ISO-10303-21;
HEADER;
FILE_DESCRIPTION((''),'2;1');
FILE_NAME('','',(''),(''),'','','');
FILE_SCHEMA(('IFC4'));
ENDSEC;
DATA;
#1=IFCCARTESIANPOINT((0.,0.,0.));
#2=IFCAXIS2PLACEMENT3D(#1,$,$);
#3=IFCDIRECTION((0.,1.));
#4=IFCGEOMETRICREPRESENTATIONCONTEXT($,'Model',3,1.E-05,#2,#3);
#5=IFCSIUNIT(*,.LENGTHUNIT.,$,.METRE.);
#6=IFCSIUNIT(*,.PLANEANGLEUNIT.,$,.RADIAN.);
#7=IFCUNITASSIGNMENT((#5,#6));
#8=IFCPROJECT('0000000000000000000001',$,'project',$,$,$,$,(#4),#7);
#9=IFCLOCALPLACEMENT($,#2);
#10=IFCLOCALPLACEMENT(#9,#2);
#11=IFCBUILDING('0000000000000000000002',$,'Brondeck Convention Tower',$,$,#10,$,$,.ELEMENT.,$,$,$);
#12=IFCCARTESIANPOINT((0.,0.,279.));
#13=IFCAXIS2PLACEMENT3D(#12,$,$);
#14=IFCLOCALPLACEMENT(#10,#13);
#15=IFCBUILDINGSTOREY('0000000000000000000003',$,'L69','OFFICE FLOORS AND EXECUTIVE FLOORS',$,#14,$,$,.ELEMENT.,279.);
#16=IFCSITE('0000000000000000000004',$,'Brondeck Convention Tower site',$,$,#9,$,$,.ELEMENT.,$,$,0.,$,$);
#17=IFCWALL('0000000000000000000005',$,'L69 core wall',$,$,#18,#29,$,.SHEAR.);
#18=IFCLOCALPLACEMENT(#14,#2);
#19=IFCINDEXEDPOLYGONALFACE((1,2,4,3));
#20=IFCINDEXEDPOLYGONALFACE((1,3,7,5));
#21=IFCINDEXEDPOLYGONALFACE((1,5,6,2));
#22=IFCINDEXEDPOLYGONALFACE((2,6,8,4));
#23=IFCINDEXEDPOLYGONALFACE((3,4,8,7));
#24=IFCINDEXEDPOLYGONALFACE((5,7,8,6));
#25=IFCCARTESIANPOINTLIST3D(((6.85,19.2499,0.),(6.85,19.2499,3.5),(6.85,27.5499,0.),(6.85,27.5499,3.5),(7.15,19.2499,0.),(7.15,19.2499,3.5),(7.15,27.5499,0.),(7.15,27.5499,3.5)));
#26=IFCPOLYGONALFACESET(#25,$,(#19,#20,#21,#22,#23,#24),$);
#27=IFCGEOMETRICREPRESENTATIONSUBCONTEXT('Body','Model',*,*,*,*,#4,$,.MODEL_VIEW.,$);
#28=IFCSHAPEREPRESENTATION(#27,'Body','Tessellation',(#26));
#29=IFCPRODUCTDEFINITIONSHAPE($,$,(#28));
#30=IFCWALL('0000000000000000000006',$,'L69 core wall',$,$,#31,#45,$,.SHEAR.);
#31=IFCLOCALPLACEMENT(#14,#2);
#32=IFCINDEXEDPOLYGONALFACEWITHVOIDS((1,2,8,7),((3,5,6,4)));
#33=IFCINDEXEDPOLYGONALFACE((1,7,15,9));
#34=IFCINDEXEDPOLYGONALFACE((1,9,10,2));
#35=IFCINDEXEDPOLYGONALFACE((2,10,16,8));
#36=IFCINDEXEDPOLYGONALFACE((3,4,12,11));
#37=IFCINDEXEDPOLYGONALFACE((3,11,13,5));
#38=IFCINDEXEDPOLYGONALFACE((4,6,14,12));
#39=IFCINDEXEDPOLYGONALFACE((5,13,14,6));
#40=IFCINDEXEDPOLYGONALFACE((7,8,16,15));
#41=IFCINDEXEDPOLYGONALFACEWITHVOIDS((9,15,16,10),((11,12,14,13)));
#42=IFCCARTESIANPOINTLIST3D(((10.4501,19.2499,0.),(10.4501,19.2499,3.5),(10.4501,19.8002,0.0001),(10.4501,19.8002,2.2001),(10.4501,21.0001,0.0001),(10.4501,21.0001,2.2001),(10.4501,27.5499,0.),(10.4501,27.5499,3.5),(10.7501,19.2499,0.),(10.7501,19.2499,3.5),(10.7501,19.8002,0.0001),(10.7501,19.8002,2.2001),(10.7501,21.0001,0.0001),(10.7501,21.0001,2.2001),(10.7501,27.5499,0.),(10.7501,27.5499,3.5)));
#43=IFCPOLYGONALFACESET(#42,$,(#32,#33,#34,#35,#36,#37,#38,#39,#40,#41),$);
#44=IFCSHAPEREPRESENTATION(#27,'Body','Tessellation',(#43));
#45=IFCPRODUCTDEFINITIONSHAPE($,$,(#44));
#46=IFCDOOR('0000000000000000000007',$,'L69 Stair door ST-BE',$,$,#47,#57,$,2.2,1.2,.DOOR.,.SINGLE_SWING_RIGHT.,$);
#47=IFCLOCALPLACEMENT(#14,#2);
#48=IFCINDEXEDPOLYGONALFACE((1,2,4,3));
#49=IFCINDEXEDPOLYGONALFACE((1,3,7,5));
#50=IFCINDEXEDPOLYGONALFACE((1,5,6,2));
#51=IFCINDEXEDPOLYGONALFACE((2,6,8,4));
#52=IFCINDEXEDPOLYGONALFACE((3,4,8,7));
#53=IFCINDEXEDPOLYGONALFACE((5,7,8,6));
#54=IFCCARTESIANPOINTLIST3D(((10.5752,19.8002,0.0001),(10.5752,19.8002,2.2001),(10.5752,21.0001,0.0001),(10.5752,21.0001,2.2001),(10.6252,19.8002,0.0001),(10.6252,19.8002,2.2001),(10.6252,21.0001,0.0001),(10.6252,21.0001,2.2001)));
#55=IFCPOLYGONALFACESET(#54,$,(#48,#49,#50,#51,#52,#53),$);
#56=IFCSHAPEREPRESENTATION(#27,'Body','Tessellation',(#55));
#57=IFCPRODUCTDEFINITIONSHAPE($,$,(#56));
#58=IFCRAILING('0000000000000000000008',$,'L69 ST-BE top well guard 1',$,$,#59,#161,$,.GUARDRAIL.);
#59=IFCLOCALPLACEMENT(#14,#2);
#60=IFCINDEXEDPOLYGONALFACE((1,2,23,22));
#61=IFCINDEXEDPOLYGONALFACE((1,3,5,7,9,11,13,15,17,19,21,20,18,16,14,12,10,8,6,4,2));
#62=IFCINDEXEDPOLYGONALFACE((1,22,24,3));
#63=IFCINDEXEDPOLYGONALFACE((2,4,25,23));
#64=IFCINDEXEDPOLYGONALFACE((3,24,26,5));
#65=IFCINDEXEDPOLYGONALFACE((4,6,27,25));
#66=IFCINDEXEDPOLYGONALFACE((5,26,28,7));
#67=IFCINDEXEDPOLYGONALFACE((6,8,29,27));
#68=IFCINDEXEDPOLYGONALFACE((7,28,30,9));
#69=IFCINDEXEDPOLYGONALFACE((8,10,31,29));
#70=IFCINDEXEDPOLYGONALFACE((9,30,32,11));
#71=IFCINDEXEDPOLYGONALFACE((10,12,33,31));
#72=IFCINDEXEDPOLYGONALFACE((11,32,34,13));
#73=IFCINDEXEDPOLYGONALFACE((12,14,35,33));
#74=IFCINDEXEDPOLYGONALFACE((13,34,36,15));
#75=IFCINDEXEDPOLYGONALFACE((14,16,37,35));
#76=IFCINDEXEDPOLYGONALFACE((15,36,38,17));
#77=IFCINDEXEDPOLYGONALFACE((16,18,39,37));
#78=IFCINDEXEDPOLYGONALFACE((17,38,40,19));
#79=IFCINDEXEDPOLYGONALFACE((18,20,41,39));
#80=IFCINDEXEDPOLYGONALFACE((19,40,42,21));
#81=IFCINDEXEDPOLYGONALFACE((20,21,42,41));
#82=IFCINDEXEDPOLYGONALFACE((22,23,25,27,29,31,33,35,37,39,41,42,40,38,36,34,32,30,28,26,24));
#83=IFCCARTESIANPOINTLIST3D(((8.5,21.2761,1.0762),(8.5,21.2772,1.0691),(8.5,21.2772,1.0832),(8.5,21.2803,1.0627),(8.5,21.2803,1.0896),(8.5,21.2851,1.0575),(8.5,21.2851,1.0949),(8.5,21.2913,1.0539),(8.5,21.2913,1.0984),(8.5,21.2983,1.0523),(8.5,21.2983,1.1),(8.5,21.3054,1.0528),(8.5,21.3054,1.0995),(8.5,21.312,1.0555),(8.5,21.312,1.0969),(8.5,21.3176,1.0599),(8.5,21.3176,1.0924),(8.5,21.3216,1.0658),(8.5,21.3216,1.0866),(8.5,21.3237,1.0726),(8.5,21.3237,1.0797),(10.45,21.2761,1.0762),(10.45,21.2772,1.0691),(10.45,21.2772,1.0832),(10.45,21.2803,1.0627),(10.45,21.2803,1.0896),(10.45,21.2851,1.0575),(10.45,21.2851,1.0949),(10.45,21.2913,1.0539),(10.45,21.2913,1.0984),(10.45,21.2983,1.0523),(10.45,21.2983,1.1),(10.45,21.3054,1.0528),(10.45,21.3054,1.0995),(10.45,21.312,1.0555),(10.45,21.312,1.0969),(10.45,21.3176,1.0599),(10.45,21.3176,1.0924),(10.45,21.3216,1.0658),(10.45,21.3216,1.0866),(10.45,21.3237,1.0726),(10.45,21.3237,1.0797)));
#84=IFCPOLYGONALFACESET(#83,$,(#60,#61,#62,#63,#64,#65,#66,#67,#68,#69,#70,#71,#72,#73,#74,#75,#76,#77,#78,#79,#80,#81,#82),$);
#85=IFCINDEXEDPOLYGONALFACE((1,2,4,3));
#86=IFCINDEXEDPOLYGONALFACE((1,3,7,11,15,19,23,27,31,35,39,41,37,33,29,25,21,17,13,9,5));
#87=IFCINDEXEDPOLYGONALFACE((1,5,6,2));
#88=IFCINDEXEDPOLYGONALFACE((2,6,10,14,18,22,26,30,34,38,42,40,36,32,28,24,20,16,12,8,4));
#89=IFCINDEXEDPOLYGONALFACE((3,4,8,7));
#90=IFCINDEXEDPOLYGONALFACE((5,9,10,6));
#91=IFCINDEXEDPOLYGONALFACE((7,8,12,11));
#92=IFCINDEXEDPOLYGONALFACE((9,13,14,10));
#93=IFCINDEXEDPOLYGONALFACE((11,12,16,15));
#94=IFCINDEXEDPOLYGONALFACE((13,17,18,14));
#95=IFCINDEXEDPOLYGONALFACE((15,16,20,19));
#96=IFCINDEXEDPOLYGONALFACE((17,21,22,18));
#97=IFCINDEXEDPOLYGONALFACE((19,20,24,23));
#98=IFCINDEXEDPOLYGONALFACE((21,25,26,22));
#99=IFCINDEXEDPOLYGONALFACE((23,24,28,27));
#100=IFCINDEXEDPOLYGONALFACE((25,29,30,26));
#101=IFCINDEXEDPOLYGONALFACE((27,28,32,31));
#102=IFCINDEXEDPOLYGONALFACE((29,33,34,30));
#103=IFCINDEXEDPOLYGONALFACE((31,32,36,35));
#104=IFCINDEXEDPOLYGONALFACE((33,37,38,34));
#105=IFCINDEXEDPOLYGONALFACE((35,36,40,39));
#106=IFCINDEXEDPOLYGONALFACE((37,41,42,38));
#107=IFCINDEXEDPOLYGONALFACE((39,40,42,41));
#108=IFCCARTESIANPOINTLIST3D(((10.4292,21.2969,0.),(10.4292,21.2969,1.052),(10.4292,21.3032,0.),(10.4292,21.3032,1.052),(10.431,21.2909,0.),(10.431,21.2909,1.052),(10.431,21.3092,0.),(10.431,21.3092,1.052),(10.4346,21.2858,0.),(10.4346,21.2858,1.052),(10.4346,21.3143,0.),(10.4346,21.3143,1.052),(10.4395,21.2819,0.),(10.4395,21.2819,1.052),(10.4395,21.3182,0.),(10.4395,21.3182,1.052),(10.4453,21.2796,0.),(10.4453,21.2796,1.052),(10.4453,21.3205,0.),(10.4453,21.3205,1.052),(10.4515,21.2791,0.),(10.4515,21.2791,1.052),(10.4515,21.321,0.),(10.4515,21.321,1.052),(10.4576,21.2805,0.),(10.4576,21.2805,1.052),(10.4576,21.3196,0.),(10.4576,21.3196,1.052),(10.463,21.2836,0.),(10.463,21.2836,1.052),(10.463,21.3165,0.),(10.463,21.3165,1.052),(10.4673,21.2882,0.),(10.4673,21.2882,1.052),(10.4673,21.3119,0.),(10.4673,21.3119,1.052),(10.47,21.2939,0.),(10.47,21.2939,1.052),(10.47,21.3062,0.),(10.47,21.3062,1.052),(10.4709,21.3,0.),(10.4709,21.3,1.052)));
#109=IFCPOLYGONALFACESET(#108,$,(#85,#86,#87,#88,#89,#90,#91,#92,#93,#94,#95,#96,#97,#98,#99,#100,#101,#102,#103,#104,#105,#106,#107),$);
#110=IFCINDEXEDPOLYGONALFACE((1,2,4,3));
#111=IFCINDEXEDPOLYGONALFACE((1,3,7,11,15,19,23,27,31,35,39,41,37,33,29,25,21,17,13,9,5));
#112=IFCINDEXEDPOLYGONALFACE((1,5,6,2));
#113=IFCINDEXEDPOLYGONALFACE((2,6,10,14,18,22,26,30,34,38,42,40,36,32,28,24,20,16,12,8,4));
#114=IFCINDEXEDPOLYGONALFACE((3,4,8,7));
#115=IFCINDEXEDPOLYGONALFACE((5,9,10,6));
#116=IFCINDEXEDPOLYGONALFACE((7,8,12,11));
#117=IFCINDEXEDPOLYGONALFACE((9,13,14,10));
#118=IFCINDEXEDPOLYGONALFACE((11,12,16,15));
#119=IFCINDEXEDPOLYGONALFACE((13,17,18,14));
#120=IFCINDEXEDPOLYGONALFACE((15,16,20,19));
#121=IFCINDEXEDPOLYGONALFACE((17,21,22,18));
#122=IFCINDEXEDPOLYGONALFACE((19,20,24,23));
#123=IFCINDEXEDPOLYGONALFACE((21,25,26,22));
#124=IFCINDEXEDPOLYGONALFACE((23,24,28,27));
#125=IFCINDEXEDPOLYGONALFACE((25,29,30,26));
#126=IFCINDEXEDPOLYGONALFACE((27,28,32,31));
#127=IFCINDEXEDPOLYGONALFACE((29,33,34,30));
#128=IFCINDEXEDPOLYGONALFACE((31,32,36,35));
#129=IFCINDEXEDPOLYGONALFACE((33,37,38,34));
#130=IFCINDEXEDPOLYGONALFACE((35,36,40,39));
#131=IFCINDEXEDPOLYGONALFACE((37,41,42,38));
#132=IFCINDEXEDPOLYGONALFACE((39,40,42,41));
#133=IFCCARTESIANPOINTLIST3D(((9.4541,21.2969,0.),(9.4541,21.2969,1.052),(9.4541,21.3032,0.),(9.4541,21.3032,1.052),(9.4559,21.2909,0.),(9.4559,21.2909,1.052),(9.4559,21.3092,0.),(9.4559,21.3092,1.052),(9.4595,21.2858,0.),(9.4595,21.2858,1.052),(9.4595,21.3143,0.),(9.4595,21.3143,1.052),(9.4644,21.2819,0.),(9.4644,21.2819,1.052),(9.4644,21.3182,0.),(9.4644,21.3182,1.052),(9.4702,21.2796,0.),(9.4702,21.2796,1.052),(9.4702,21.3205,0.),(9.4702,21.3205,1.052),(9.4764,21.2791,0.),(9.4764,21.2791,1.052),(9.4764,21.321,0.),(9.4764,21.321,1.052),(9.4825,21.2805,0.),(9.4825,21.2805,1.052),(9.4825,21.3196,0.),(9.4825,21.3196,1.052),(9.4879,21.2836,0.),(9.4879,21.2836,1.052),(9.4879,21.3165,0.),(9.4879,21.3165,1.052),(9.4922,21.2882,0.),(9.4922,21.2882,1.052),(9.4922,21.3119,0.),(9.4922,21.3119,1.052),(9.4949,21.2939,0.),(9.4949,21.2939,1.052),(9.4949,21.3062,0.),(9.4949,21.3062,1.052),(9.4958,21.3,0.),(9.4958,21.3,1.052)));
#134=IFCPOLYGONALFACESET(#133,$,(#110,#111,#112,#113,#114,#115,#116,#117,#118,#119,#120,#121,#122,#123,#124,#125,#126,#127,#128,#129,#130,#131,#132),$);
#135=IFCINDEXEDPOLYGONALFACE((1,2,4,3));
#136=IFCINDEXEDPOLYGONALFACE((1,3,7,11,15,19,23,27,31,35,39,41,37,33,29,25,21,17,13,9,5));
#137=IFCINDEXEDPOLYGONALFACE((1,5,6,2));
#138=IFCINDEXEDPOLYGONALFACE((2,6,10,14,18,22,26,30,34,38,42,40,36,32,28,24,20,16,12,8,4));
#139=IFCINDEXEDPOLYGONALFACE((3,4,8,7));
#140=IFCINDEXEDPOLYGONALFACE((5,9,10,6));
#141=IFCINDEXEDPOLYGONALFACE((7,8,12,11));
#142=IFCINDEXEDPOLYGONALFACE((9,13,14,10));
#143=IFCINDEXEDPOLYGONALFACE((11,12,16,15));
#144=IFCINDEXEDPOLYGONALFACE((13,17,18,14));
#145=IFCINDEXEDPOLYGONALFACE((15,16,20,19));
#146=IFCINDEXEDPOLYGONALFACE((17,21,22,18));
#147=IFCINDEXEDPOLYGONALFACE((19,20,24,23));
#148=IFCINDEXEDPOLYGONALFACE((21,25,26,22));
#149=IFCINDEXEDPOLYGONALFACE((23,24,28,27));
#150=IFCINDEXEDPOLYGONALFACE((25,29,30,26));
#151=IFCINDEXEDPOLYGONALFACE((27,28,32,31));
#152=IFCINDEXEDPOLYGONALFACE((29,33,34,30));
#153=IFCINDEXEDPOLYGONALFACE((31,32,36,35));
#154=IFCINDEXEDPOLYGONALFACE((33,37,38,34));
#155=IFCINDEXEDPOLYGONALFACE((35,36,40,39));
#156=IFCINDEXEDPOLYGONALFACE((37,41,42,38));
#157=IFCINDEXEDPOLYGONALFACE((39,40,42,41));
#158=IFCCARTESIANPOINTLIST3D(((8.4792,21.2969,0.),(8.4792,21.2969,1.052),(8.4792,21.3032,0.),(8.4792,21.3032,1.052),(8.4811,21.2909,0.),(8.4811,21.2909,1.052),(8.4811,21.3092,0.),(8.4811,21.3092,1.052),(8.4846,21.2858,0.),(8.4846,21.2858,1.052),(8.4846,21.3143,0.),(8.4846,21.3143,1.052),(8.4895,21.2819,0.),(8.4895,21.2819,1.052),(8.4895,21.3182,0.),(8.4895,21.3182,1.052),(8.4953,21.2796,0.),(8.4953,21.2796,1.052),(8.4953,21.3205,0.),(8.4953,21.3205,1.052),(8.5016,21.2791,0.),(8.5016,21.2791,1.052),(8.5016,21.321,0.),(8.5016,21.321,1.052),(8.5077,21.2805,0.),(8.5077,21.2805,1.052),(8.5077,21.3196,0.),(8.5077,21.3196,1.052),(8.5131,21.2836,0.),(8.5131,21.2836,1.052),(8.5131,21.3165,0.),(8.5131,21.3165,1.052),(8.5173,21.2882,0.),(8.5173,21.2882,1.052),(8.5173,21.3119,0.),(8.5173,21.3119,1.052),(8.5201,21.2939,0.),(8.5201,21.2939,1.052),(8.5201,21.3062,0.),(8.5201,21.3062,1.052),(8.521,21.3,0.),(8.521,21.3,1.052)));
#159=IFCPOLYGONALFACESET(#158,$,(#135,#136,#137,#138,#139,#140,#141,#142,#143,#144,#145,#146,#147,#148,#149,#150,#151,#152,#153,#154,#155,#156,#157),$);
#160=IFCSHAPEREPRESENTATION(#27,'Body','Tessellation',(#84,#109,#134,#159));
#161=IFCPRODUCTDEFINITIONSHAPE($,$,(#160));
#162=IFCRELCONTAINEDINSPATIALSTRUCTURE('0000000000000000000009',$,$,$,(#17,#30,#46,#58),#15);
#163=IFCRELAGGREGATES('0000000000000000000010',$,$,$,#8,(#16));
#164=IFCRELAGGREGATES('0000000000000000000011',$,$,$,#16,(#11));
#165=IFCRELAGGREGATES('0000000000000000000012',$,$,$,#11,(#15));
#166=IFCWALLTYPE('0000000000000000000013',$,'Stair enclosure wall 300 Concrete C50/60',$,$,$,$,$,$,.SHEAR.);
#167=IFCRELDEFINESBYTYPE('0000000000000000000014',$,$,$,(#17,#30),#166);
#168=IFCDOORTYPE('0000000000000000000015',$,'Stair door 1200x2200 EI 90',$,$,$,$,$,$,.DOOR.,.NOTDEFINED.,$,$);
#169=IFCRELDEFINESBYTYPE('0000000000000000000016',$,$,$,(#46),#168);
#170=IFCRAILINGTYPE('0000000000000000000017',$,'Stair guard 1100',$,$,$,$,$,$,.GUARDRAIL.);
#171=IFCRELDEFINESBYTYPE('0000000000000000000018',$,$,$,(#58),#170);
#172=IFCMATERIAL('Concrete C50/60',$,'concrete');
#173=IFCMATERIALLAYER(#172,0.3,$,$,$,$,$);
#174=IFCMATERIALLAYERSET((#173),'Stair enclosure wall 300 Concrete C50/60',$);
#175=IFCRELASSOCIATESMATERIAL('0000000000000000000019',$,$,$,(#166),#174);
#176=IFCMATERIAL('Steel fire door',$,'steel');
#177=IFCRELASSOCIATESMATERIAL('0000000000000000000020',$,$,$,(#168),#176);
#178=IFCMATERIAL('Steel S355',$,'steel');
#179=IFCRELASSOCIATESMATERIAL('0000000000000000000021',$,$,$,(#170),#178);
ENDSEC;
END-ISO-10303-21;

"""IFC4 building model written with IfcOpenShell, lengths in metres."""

from ifc_helpers import new_model, si_unit, direction, frame, frame_2d, origin, origin_2d, place, context, subcontext, project, spatial, rectangle, circle, extrude, material, layer, layer_set, type_object, element, fill, save


model = new_model("IFC4")

# Units and contexts
model_context = context("Model", 3, precision=1e-05, world=origin(), true_north=direction((0.0, 1.0)))
body_context = subcontext(model_context, "Body", "Model", "MODEL_VIEW")
ifc_project = project(units=[si_unit("LENGTHUNIT", "METRE"), si_unit("PLANEANGLEUNIT", "RADIAN")], contexts=[model_context])

# Site, building, storey
site_placement = place(None, origin())
site = spatial("IfcSite", under=ifc_project, at=site_placement, Name="Brondeck Convention Tower site", CompositionType="ELEMENT", RefElevation=0.0)
building_placement = place(site_placement, origin())
building = spatial("IfcBuilding", under=site, at=building_placement, Name="Brondeck Convention Tower", CompositionType="ELEMENT")
storey_placement = place(building_placement, frame((0.0, 0.0, 279.0)))
storey = spatial("IfcBuildingStorey", under=building, at=storey_placement, Name="L69", Description="OFFICE FLOORS AND EXECUTIVE FLOORS", CompositionType="ELEMENT", Elevation=279.0)

# Shared definitions
ifc_material_1 = material(Name="Concrete C50/60", Category="concrete")

# Wall
ifc_layer_1 = layer(ifc_material_1, 0.3)
ifc_layer_set_1 = layer_set([ifc_layer_1], Name="Stair enclosure wall 300 Concrete C50/60")
wall_type_1 = type_object("IfcWallType", Name="Stair enclosure wall 300 Concrete C50/60", PredefinedType="SHEAR", material=ifc_layer_set_1)
wall_1_placement = place(storey_placement, frame((7.0, 19.25, 0.0), z_axis=(0.0, 0.0, 1.0), x_axis=(0.0, 1.0, 0.0)))
element("IfcWall", 1, at=wall_1_placement, inside=storey, type_object=wall_type_1, Name="L69 core wall", PredefinedType="SHEAR", context=body_context, shape_type="SweptSolid", body=[
    extrude(rectangle(XDim=8.3, YDim=0.3, at=frame_2d((4.1499, 0.0))), origin(), (0.0, 0.0, 1.0), 3.5),
])

# Wall, opening, door
wall_2_placement = place(storey_placement, frame((10.6001, 19.25, 0.0), z_axis=(0.0, 0.0, 1.0), x_axis=(0.0, 1.0, 0.0)))
wall_2 = element("IfcWall", 2, at=wall_2_placement, inside=storey, type_object=wall_type_1, Name="L69 core wall", PredefinedType="SHEAR", context=body_context, shape_type="SweptSolid", body=[
    extrude(rectangle(XDim=8.3, YDim=0.3, at=frame_2d((4.1499, 0.0))), origin(), (0.0, 0.0, 1.0), 3.5),
])
opening_placement = place(wall_2_placement, frame((0.55, 0.0, 0.0)))
opening = element("IfcOpeningElement", 3, at=opening_placement, cuts=wall_2, PredefinedType="OPENING", context=body_context, shape_type="SweptSolid", body=[
    extrude(rectangle(XDim=1.2, YDim=2.2, at=frame_2d((0.6001, 1.1001))), frame((0.0, 0.1599, 0.0), z_axis=(0.0, -1.0, 0.0), x_axis=(1.0, 0.0, 0.0)), (0.0, 0.0, 1.0), 0.3201),
])
ifc_material_2 = material(Name="Steel fire door", Category="steel")
door_type = type_object("IfcDoorType", Name="Stair door 1200x2200 EI 90", OperationType="NOTDEFINED", PredefinedType="DOOR", material=ifc_material_2)
door_placement = place(opening_placement, origin())
door = element("IfcDoor", 4, at=door_placement, inside=storey, type_object=door_type, Name="L69 Stair door ST-BE", OperationType="SINGLE_SWING_RIGHT", OverallHeight=2.2, OverallWidth=1.2, PredefinedType="DOOR", context=body_context, shape_type="SweptSolid", body=[
    extrude(rectangle(XDim=1.2, YDim=2.2, at=frame_2d((0.6001, 1.1001))), frame((0.0, 0.0249, 0.0), z_axis=(0.0, -1.0, 0.0), x_axis=(1.0, 0.0, 0.0)), (0.0, 0.0, 1.0), 0.05),
])
fill(opening, door)

# Railing
ifc_material_3 = material(Name="Steel S355", Category="steel")
railing_type = type_object("IfcRailingType", Name="Stair guard 1100", PredefinedType="GUARDRAIL", material=ifc_material_3)
railing_placement = place(storey_placement, frame((10.45, 21.3, 0.0)))
element("IfcRailing", 5, at=railing_placement, inside=storey, type_object=railing_type, Name="L69 ST-BE top well guard 1", PredefinedType="GUARDRAIL", context=body_context, shape_type="SweptSolid", body=[
    extrude(circle(Radius=0.0239, at=origin_2d()), frame((0.0, 0.0, 1.0762), z_axis=(-1.0, 0.0, 0.0), x_axis=(0.0, -1.0, 0.0)), (0.0, 0.0, 1.0), 1.95),
    extrude(circle(Radius=0.021, at=origin_2d()), origin(), (0.0, 0.0, 1.0), 1.052),
    extrude(circle(Radius=0.021, at=origin_2d()), frame((-0.9751, 0.0, 0.0)), (0.0, 0.0, 1.0), 1.052),
    extrude(circle(Radius=0.021, at=origin_2d()), frame((-1.95, 0.0, 0.0)), (0.0, 0.0, 1.0), 1.052),
])

save(model, "model.ifc")
